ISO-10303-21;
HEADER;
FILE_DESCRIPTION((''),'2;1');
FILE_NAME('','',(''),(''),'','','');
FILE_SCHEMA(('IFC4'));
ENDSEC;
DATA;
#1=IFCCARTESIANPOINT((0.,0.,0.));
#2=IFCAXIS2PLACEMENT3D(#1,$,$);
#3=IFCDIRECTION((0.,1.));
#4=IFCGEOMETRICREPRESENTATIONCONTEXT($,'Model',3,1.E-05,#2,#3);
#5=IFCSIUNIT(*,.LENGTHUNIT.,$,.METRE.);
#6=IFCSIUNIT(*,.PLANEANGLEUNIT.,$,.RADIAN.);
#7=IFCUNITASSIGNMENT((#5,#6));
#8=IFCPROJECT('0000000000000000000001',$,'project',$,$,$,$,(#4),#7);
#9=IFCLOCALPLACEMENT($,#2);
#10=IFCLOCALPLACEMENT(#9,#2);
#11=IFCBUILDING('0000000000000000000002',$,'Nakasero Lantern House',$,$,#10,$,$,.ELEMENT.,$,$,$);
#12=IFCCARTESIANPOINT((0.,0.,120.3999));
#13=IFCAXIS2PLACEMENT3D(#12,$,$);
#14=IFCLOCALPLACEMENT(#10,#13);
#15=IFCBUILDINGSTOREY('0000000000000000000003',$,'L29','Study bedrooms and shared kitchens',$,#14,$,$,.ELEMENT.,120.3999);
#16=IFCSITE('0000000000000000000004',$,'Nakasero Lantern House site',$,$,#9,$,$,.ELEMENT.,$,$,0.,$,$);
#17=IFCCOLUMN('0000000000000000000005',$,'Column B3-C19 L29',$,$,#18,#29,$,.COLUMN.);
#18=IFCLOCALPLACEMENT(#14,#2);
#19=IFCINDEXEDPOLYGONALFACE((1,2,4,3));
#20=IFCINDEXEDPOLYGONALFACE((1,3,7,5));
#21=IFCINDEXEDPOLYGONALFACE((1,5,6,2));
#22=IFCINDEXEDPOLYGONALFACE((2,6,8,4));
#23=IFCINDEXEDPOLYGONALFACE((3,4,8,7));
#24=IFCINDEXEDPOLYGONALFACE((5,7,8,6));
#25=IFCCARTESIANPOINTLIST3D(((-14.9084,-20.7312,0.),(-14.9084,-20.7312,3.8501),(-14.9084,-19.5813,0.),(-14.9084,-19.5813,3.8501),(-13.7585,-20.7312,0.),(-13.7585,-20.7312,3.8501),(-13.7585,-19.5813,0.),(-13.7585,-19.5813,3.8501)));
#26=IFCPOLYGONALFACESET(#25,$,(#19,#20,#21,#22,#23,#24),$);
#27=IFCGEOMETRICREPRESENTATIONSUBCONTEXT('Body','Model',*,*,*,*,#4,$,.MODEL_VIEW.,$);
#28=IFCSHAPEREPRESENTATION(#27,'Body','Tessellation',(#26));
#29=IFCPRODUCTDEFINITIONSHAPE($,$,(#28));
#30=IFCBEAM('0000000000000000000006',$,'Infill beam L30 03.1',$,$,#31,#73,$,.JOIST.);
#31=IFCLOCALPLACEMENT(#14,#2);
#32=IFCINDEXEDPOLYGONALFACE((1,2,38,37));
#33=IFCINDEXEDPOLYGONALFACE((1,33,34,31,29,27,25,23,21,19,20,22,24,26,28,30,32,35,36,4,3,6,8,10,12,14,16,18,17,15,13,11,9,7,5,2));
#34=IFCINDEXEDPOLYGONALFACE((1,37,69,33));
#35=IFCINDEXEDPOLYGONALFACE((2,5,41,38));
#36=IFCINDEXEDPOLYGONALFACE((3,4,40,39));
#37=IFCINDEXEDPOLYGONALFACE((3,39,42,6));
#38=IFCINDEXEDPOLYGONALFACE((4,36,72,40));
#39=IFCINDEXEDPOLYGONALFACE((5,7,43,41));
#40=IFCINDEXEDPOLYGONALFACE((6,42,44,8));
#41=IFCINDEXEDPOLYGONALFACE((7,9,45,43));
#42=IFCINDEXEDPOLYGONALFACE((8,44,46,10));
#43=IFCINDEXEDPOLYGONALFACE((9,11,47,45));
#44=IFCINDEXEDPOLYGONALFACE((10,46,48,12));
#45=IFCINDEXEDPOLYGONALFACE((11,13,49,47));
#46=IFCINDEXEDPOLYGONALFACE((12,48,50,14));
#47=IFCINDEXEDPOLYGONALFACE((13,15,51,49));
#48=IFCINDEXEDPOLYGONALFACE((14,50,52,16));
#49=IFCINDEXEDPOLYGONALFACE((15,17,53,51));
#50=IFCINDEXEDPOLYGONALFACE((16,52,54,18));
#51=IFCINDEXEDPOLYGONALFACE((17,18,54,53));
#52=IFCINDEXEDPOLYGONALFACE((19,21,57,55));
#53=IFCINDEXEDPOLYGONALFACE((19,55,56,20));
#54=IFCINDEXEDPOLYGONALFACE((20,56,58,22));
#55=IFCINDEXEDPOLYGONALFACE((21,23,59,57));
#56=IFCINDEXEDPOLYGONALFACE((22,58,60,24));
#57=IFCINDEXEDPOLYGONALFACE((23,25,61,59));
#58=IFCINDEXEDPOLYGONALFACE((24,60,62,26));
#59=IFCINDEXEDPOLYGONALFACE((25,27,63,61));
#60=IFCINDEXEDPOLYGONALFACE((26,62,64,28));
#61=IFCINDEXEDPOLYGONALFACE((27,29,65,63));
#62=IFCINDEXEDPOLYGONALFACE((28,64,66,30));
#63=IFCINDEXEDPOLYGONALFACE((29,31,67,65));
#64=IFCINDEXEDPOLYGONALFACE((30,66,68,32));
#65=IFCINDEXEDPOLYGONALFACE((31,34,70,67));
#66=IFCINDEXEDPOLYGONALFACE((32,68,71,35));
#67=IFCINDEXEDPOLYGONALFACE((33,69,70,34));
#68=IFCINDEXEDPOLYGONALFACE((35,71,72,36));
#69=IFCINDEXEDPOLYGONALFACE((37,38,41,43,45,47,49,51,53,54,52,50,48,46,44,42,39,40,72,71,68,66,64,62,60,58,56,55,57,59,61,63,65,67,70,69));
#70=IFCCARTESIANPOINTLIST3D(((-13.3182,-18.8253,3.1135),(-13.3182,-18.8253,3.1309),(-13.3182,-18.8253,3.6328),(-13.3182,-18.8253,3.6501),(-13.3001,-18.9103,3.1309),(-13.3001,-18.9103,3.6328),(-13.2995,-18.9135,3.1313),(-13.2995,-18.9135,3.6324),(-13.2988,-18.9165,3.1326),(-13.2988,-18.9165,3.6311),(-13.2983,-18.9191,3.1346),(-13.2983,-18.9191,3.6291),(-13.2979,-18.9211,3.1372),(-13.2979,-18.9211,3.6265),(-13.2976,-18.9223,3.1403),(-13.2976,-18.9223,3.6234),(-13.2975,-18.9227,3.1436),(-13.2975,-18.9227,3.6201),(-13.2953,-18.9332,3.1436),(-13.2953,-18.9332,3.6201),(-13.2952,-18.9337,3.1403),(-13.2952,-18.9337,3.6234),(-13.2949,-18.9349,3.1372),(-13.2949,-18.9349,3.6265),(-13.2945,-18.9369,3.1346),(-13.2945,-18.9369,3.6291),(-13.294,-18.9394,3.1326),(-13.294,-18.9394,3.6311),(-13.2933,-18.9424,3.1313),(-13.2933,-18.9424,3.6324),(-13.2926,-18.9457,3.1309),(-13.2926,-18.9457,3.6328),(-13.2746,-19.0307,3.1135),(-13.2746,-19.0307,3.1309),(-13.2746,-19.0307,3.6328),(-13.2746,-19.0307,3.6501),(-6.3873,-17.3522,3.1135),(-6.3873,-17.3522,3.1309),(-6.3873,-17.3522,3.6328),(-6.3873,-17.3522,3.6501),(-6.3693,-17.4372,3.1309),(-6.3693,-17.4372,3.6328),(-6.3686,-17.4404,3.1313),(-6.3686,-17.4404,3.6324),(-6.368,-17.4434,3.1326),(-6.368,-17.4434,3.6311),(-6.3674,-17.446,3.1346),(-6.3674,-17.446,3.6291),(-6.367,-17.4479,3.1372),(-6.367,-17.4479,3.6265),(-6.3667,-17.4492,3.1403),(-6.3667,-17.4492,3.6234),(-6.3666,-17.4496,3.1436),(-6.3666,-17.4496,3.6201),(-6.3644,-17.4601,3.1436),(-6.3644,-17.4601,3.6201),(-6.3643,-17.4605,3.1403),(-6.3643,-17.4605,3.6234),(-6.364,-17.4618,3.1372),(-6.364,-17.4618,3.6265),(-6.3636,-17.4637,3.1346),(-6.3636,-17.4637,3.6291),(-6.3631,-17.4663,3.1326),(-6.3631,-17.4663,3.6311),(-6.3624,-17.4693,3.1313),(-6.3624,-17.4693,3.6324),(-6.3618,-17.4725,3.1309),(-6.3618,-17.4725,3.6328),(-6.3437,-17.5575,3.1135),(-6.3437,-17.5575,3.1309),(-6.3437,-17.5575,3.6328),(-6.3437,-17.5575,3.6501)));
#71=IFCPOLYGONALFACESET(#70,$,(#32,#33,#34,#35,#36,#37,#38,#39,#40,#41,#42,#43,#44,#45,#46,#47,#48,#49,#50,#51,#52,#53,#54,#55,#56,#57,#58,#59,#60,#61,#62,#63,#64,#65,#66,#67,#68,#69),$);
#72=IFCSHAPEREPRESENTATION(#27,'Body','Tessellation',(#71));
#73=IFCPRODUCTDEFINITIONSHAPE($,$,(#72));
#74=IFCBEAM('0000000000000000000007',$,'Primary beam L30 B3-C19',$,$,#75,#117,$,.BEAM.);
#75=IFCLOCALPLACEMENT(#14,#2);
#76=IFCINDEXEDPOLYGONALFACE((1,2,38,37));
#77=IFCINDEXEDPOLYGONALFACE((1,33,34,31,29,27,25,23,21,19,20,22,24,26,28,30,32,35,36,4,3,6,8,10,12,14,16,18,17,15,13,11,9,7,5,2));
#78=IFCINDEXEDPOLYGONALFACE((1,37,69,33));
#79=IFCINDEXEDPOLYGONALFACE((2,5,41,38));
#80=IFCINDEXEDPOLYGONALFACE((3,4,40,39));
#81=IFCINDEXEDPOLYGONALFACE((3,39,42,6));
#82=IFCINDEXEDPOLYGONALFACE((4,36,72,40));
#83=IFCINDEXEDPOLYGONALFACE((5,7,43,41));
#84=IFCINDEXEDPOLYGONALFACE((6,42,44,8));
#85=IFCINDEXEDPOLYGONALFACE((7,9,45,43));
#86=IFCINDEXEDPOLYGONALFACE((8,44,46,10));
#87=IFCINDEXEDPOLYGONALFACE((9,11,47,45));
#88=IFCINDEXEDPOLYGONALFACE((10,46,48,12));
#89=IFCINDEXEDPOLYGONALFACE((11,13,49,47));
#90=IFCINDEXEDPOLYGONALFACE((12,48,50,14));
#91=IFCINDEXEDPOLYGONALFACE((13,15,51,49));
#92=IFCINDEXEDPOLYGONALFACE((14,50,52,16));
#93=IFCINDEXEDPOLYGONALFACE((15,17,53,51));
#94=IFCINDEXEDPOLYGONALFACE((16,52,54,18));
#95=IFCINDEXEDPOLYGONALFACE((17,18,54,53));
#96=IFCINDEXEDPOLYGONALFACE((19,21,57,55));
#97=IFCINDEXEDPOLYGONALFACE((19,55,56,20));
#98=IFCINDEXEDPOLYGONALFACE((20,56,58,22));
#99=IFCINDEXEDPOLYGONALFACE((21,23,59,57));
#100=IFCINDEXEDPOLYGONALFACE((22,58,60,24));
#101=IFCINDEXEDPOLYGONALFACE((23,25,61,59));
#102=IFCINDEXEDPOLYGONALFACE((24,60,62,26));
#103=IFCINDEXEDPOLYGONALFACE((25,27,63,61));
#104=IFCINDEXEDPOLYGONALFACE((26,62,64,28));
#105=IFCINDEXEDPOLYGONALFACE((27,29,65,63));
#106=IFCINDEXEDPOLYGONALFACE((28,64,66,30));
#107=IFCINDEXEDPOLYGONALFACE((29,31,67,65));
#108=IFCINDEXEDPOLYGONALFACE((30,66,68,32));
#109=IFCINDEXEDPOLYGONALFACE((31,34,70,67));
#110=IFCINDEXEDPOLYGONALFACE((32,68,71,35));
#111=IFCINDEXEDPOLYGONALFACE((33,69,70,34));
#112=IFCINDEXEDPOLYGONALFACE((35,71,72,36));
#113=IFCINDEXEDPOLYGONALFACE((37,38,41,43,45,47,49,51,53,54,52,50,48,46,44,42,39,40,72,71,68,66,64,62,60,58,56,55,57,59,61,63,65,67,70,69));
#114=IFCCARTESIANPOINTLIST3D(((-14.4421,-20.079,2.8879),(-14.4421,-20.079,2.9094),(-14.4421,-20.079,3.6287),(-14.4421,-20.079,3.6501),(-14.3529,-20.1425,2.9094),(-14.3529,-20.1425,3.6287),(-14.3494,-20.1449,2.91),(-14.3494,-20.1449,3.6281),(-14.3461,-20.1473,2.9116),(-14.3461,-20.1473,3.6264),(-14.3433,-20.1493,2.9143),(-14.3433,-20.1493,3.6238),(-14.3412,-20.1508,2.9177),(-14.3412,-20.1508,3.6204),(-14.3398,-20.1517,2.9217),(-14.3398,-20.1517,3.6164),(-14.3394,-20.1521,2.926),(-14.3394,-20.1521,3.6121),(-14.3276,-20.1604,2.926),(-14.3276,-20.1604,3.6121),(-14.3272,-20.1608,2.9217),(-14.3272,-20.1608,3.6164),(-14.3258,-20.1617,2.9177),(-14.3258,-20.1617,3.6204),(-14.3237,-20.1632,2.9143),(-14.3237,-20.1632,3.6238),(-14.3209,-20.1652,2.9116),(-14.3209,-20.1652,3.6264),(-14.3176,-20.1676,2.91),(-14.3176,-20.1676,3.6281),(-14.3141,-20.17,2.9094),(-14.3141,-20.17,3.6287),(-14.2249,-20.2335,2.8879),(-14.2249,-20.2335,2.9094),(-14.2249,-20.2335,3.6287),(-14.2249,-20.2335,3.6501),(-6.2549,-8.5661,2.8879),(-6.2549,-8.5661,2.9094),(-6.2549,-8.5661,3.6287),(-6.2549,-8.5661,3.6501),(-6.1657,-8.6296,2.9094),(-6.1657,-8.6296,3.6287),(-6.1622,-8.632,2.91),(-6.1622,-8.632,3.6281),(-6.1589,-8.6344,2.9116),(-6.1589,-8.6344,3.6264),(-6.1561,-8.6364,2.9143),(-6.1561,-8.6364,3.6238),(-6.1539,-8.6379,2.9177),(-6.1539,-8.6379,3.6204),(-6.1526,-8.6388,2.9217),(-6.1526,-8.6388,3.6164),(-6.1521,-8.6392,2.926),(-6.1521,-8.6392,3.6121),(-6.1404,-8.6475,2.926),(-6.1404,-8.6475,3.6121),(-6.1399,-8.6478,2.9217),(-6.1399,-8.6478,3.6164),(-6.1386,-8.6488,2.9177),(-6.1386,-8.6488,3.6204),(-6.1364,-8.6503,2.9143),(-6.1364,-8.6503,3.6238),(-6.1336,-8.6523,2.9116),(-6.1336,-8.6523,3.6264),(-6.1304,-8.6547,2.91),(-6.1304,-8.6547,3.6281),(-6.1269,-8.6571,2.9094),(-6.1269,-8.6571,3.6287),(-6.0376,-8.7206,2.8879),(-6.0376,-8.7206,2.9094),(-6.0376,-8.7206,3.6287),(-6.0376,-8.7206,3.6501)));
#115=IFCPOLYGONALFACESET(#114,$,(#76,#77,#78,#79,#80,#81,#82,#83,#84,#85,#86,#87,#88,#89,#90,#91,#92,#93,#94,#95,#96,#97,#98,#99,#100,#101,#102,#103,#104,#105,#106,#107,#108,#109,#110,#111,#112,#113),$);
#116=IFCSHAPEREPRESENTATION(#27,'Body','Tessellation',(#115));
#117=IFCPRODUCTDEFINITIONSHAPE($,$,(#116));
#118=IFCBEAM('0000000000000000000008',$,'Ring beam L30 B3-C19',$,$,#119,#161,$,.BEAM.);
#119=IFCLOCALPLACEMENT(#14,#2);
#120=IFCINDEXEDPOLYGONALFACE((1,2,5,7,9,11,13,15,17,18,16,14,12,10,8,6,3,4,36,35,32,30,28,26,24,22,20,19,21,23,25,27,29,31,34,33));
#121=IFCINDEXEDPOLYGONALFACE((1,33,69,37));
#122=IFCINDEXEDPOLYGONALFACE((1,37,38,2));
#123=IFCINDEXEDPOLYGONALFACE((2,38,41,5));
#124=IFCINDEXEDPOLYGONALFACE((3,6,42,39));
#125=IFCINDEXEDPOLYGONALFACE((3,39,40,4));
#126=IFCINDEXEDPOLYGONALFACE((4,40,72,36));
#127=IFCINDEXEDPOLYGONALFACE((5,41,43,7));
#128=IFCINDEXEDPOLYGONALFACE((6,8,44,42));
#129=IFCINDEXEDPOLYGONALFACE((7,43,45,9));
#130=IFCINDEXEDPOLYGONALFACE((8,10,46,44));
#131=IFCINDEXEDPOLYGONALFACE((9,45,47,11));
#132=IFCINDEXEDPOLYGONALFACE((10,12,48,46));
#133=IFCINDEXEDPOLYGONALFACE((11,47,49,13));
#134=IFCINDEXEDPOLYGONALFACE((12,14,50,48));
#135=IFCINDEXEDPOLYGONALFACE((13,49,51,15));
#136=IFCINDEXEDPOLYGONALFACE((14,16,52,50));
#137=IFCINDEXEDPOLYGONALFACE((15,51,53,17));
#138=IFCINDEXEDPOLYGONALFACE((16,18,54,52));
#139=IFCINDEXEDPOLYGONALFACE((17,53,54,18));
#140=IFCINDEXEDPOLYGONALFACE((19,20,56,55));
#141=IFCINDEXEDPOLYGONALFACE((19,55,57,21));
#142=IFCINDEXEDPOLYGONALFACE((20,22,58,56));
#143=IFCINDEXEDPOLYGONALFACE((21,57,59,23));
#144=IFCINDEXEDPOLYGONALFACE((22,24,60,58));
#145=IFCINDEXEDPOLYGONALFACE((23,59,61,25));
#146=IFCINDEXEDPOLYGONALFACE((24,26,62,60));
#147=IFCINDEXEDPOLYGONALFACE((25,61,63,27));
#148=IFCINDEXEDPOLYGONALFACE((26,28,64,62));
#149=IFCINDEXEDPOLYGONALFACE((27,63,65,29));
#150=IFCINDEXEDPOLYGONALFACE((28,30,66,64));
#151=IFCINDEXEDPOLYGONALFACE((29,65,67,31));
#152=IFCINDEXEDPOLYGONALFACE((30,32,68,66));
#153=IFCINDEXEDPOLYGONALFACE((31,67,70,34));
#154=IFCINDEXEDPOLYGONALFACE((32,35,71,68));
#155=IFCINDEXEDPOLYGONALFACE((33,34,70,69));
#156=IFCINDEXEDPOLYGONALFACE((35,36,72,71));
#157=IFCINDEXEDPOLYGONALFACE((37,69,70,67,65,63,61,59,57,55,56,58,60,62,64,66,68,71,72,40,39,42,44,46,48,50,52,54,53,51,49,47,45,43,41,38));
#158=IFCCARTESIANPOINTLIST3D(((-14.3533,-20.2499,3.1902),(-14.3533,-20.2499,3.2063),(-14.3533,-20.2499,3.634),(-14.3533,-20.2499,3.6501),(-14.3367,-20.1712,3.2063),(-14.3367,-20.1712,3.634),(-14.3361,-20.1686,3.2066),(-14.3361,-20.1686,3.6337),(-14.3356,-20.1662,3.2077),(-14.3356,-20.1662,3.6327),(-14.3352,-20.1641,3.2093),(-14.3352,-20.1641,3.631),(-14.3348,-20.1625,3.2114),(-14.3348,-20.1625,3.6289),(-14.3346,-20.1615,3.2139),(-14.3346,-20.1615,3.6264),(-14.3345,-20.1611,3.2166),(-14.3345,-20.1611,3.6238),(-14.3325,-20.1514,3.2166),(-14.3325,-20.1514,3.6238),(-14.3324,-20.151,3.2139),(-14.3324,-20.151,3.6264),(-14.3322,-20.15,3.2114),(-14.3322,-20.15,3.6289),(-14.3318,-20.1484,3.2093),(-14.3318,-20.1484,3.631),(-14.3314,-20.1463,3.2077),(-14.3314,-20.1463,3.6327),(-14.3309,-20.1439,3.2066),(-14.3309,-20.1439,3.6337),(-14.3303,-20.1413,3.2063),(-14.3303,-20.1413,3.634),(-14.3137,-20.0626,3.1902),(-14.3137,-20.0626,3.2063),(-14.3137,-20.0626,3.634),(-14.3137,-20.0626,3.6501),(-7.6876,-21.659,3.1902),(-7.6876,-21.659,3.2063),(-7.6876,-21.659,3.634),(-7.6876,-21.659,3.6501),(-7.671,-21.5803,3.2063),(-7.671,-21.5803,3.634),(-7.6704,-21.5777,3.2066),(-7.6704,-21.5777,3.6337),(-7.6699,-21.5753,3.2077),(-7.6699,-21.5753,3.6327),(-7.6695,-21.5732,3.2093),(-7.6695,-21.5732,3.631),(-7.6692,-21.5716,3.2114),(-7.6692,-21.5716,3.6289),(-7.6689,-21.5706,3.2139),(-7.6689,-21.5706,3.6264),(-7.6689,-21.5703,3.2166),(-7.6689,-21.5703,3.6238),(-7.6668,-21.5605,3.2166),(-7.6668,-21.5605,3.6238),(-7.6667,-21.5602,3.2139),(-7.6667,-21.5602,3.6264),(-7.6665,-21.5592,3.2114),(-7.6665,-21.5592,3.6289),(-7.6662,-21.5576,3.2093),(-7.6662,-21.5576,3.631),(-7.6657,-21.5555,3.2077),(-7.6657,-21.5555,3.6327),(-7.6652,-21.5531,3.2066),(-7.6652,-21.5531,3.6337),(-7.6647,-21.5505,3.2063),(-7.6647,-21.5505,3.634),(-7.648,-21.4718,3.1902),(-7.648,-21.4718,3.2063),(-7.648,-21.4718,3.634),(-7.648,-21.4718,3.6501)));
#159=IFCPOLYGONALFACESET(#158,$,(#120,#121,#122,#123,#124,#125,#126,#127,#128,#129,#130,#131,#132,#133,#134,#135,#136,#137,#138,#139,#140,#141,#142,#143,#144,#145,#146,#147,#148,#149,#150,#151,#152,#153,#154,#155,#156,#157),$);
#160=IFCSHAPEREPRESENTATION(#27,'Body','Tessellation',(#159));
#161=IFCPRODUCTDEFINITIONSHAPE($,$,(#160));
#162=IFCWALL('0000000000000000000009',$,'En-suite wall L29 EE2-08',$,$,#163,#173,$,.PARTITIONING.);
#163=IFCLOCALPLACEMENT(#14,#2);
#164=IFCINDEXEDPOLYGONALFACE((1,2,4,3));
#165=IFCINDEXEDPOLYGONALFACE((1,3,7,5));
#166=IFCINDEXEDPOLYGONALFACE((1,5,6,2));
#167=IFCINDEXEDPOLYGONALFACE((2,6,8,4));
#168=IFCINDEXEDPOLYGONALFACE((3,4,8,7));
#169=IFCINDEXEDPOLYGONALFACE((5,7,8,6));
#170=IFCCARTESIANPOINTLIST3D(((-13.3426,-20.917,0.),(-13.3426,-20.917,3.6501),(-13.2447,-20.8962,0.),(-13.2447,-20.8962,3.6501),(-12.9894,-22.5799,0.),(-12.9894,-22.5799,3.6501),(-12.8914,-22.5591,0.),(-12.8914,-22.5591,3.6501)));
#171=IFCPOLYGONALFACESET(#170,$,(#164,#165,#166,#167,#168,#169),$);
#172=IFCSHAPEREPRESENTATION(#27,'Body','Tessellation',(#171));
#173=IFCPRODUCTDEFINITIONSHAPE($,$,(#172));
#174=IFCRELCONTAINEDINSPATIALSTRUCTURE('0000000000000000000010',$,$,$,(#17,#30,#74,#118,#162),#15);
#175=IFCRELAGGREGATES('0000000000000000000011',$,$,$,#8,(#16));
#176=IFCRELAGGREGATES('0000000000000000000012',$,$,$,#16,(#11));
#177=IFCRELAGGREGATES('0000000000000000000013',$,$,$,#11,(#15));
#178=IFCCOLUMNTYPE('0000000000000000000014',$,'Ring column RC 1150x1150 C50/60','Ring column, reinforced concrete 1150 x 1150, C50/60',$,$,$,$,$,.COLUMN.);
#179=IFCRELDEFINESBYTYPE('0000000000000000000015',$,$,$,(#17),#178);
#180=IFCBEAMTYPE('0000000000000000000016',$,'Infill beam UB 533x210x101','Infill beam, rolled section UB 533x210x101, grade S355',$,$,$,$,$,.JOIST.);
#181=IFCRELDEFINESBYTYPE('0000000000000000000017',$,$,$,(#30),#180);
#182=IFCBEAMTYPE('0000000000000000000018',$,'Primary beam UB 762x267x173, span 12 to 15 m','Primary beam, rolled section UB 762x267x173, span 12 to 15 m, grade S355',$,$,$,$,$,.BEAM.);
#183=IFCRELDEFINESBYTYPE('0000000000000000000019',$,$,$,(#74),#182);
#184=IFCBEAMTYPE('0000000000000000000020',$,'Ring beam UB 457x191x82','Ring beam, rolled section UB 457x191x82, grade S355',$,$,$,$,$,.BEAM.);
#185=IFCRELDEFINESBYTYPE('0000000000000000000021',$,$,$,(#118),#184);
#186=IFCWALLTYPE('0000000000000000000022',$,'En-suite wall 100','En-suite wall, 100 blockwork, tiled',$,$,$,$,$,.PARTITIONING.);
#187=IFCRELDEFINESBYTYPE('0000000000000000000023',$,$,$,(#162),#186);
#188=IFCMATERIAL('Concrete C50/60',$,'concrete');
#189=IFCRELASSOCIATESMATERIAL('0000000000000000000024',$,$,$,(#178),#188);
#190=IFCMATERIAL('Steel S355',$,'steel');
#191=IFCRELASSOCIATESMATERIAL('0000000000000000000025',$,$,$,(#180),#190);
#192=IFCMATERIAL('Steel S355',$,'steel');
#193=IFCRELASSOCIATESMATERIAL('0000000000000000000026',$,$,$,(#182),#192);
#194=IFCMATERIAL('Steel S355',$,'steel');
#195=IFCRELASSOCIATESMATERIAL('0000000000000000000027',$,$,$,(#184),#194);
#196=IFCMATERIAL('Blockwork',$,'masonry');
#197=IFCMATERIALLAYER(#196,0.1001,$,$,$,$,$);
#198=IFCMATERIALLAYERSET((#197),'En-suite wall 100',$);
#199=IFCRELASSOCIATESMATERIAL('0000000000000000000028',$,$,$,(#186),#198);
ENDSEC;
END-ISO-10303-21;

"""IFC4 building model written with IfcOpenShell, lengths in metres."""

from ifc_helpers import new_model, si_unit, direction, frame, frame_2d, origin, origin_2d, place, context, subcontext, project, spatial, rectangle, i_section, extrude, material, layer, layer_set, material_profile, profile_set, type_object, element, save


model = new_model("IFC4")

# Units and contexts
model_context = context("Model", 3, precision=1e-05, world=origin(), true_north=direction((0.0, 1.0)))
body_context = subcontext(model_context, "Body", "Model", "MODEL_VIEW")
ifc_project = project(units=[si_unit("LENGTHUNIT", "METRE"), si_unit("PLANEANGLEUNIT", "RADIAN")], contexts=[model_context])

# Site, building, storey
site_placement = place(None, origin())
site = spatial("IfcSite", under=ifc_project, at=site_placement, Name="Nakasero Lantern House site", CompositionType="ELEMENT", RefElevation=0.0)
building_placement = place(site_placement, origin())
building = spatial("IfcBuilding", under=site, at=building_placement, Name="Nakasero Lantern House", CompositionType="ELEMENT")
storey_placement = place(building_placement, frame((0.0, 0.0, 120.3999)))
storey = spatial("IfcBuildingStorey", under=building, at=storey_placement, Name="L29", Description="Study bedrooms and shared kitchens", CompositionType="ELEMENT", Elevation=120.3999)

# Column
ifc_material_1 = material(Name="Concrete C50/60", Category="concrete")
ifc_material_profile_1 = material_profile(ifc_material_1, rectangle(XDim=1.1499, YDim=1.1499, at=origin_2d()), Name="RC 1150x1150")
ifc_profile_set_1 = profile_set([ifc_material_profile_1], Name="Concrete C50/60")
column_type = type_object("IfcColumnType", Name="Ring column RC 1150x1150 C50/60", Description="Ring column, reinforced concrete 1150 x 1150, C50/60", PredefinedType="COLUMN", material=ifc_profile_set_1)
column_placement = place(storey_placement, frame((-14.3335, -20.1562, 0.0), z_axis=(0.0, 0.0, 1.0), x_axis=(1.0, 0.0, 0.0)))
element("IfcColumn", 1, at=column_placement, inside=storey, type_object=column_type, Name="Column B3-C19 L29", PredefinedType="COLUMN", context=body_context, shape_type="SweptSolid", body=[
    extrude(rectangle(XDim=1.1499, YDim=1.1499, at=origin_2d()), origin(), (0.0, 0.0, 1.0), 3.8501),
])

# Beams
ifc_material_2 = material(Name="Steel S355", Category="steel")
ifc_material_profile_2 = material_profile(ifc_material_2, i_section(OverallWidth=0.21, OverallDepth=0.5366, WebThickness=0.0107, FlangeThickness=0.0173, FilletRadius=0.0127, at=origin_2d()), Name="UB 533x210x101")
ifc_profile_set_2 = profile_set([ifc_material_profile_2], Name="Steel S355")
beam_type_1 = type_object("IfcBeamType", Name="Infill beam UB 533x210x101", Description="Infill beam, rolled section UB 533x210x101, grade S355", PredefinedType="JOIST", material=ifc_profile_set_2)
beam_1_placement = place(storey_placement, frame((-13.2964, -18.928, 3.3818), z_axis=(0.978149, 0.207903, 0.0), x_axis=(-0.207903, 0.978149, 0.0)))
element("IfcBeam", 2, at=beam_1_placement, inside=storey, type_object=beam_type_1, Name="Infill beam L30 03.1", PredefinedType="JOIST", context=body_context, shape_type="SweptSolid", body=[
    extrude(i_section(OverallWidth=0.21, OverallDepth=0.5366, WebThickness=0.0107, FlangeThickness=0.0173, FilletRadius=0.0127, at=origin_2d()), origin(), (0.0, 0.0, 1.0), 7.0857),
])
ifc_material_3 = material(Name="Steel S355", Category="steel")
ifc_material_profile_3 = material_profile(ifc_material_3, i_section(OverallWidth=0.2666, OverallDepth=0.7622, WebThickness=0.0144, FlangeThickness=0.0215, FilletRadius=0.0166, at=origin_2d()), Name="UB 762x267x173")
ifc_profile_set_3 = profile_set([ifc_material_profile_3], Name="Steel S355")
beam_type_2 = type_object("IfcBeamType", Name="Primary beam UB 762x267x173, span 12 to 15 m", Description="Primary beam, rolled section UB 762x267x173, span 12 to 15 m, grade S355", PredefinedType="BEAM", material=ifc_profile_set_3)
beam_2_placement = place(storey_placement, frame((-14.3335, -20.1562, 3.269), z_axis=(0.579537, 0.814946, 0.0), x_axis=(-0.814946, 0.579537, 0.0)))
element("IfcBeam", 3, at=beam_2_placement, inside=storey, type_object=beam_type_2, Name="Primary beam L30 B3-C19", PredefinedType="BEAM", context=body_context, shape_type="SweptSolid", body=[
    extrude(i_section(OverallWidth=0.2666, OverallDepth=0.7622, WebThickness=0.0144, FlangeThickness=0.0215, FilletRadius=0.0166, at=origin_2d()), origin(), (0.0, 0.0, 1.0), 14.1272),
])
ifc_material_4 = material(Name="Steel S355", Category="steel")
ifc_material_profile_4 = material_profile(ifc_material_4, i_section(OverallWidth=0.1914, OverallDepth=0.46, WebThickness=0.01, FlangeThickness=0.0161, FilletRadius=0.0103, at=origin_2d()), Name="UB 457x191x82")
ifc_profile_set_4 = profile_set([ifc_material_profile_4], Name="Steel S355")
beam_type_3 = type_object("IfcBeamType", Name="Ring beam UB 457x191x82", Description="Ring beam, rolled section UB 457x191x82, grade S355", PredefinedType="BEAM", material=ifc_profile_set_4)
beam_3_placement = place(storey_placement, frame((-14.3335, -20.1562, 3.4202), z_axis=(0.978376, -0.206834, 0.0), x_axis=(0.206834, 0.978376, 0.0)))
element("IfcBeam", 4, at=beam_3_placement, inside=storey, type_object=beam_type_3, Name="Ring beam L30 B3-C19", PredefinedType="BEAM", context=body_context, shape_type="SweptSolid", body=[
    extrude(i_section(OverallWidth=0.1914, OverallDepth=0.46, WebThickness=0.01, FlangeThickness=0.0161, FilletRadius=0.0103, at=origin_2d()), origin(), (0.0, 0.0, 1.0), 6.813),
])

# Wall
ifc_material_5 = material(Name="Blockwork", Category="masonry")
ifc_layer_1 = layer(ifc_material_5, 0.1001)
ifc_layer_set_1 = layer_set([ifc_layer_1], Name="En-suite wall 100")
wall_type_1 = type_object("IfcWallType", Name="En-suite wall 100", Description="En-suite wall, 100 blockwork, tiled", PredefinedType="PARTITIONING", material=ifc_layer_set_1)
wall_1_placement = place(storey_placement, frame((-13.2937, -20.9065, 0.0), z_axis=(0.0, 0.0, 1.0), x_axis=(0.207812, -0.978169, 0.0)))
element("IfcWall", 5, at=wall_1_placement, inside=storey, type_object=wall_type_1, Name="En-suite wall L29 EE2-08", PredefinedType="PARTITIONING", context=body_context, shape_type="SweptSolid", body=[
    extrude(rectangle(XDim=1.7, YDim=0.1001, at=frame_2d((0.8501, 0.0))), origin(), (0.0, 0.0, 1.0), 3.6501),
])

save(model, "model.ifc")
